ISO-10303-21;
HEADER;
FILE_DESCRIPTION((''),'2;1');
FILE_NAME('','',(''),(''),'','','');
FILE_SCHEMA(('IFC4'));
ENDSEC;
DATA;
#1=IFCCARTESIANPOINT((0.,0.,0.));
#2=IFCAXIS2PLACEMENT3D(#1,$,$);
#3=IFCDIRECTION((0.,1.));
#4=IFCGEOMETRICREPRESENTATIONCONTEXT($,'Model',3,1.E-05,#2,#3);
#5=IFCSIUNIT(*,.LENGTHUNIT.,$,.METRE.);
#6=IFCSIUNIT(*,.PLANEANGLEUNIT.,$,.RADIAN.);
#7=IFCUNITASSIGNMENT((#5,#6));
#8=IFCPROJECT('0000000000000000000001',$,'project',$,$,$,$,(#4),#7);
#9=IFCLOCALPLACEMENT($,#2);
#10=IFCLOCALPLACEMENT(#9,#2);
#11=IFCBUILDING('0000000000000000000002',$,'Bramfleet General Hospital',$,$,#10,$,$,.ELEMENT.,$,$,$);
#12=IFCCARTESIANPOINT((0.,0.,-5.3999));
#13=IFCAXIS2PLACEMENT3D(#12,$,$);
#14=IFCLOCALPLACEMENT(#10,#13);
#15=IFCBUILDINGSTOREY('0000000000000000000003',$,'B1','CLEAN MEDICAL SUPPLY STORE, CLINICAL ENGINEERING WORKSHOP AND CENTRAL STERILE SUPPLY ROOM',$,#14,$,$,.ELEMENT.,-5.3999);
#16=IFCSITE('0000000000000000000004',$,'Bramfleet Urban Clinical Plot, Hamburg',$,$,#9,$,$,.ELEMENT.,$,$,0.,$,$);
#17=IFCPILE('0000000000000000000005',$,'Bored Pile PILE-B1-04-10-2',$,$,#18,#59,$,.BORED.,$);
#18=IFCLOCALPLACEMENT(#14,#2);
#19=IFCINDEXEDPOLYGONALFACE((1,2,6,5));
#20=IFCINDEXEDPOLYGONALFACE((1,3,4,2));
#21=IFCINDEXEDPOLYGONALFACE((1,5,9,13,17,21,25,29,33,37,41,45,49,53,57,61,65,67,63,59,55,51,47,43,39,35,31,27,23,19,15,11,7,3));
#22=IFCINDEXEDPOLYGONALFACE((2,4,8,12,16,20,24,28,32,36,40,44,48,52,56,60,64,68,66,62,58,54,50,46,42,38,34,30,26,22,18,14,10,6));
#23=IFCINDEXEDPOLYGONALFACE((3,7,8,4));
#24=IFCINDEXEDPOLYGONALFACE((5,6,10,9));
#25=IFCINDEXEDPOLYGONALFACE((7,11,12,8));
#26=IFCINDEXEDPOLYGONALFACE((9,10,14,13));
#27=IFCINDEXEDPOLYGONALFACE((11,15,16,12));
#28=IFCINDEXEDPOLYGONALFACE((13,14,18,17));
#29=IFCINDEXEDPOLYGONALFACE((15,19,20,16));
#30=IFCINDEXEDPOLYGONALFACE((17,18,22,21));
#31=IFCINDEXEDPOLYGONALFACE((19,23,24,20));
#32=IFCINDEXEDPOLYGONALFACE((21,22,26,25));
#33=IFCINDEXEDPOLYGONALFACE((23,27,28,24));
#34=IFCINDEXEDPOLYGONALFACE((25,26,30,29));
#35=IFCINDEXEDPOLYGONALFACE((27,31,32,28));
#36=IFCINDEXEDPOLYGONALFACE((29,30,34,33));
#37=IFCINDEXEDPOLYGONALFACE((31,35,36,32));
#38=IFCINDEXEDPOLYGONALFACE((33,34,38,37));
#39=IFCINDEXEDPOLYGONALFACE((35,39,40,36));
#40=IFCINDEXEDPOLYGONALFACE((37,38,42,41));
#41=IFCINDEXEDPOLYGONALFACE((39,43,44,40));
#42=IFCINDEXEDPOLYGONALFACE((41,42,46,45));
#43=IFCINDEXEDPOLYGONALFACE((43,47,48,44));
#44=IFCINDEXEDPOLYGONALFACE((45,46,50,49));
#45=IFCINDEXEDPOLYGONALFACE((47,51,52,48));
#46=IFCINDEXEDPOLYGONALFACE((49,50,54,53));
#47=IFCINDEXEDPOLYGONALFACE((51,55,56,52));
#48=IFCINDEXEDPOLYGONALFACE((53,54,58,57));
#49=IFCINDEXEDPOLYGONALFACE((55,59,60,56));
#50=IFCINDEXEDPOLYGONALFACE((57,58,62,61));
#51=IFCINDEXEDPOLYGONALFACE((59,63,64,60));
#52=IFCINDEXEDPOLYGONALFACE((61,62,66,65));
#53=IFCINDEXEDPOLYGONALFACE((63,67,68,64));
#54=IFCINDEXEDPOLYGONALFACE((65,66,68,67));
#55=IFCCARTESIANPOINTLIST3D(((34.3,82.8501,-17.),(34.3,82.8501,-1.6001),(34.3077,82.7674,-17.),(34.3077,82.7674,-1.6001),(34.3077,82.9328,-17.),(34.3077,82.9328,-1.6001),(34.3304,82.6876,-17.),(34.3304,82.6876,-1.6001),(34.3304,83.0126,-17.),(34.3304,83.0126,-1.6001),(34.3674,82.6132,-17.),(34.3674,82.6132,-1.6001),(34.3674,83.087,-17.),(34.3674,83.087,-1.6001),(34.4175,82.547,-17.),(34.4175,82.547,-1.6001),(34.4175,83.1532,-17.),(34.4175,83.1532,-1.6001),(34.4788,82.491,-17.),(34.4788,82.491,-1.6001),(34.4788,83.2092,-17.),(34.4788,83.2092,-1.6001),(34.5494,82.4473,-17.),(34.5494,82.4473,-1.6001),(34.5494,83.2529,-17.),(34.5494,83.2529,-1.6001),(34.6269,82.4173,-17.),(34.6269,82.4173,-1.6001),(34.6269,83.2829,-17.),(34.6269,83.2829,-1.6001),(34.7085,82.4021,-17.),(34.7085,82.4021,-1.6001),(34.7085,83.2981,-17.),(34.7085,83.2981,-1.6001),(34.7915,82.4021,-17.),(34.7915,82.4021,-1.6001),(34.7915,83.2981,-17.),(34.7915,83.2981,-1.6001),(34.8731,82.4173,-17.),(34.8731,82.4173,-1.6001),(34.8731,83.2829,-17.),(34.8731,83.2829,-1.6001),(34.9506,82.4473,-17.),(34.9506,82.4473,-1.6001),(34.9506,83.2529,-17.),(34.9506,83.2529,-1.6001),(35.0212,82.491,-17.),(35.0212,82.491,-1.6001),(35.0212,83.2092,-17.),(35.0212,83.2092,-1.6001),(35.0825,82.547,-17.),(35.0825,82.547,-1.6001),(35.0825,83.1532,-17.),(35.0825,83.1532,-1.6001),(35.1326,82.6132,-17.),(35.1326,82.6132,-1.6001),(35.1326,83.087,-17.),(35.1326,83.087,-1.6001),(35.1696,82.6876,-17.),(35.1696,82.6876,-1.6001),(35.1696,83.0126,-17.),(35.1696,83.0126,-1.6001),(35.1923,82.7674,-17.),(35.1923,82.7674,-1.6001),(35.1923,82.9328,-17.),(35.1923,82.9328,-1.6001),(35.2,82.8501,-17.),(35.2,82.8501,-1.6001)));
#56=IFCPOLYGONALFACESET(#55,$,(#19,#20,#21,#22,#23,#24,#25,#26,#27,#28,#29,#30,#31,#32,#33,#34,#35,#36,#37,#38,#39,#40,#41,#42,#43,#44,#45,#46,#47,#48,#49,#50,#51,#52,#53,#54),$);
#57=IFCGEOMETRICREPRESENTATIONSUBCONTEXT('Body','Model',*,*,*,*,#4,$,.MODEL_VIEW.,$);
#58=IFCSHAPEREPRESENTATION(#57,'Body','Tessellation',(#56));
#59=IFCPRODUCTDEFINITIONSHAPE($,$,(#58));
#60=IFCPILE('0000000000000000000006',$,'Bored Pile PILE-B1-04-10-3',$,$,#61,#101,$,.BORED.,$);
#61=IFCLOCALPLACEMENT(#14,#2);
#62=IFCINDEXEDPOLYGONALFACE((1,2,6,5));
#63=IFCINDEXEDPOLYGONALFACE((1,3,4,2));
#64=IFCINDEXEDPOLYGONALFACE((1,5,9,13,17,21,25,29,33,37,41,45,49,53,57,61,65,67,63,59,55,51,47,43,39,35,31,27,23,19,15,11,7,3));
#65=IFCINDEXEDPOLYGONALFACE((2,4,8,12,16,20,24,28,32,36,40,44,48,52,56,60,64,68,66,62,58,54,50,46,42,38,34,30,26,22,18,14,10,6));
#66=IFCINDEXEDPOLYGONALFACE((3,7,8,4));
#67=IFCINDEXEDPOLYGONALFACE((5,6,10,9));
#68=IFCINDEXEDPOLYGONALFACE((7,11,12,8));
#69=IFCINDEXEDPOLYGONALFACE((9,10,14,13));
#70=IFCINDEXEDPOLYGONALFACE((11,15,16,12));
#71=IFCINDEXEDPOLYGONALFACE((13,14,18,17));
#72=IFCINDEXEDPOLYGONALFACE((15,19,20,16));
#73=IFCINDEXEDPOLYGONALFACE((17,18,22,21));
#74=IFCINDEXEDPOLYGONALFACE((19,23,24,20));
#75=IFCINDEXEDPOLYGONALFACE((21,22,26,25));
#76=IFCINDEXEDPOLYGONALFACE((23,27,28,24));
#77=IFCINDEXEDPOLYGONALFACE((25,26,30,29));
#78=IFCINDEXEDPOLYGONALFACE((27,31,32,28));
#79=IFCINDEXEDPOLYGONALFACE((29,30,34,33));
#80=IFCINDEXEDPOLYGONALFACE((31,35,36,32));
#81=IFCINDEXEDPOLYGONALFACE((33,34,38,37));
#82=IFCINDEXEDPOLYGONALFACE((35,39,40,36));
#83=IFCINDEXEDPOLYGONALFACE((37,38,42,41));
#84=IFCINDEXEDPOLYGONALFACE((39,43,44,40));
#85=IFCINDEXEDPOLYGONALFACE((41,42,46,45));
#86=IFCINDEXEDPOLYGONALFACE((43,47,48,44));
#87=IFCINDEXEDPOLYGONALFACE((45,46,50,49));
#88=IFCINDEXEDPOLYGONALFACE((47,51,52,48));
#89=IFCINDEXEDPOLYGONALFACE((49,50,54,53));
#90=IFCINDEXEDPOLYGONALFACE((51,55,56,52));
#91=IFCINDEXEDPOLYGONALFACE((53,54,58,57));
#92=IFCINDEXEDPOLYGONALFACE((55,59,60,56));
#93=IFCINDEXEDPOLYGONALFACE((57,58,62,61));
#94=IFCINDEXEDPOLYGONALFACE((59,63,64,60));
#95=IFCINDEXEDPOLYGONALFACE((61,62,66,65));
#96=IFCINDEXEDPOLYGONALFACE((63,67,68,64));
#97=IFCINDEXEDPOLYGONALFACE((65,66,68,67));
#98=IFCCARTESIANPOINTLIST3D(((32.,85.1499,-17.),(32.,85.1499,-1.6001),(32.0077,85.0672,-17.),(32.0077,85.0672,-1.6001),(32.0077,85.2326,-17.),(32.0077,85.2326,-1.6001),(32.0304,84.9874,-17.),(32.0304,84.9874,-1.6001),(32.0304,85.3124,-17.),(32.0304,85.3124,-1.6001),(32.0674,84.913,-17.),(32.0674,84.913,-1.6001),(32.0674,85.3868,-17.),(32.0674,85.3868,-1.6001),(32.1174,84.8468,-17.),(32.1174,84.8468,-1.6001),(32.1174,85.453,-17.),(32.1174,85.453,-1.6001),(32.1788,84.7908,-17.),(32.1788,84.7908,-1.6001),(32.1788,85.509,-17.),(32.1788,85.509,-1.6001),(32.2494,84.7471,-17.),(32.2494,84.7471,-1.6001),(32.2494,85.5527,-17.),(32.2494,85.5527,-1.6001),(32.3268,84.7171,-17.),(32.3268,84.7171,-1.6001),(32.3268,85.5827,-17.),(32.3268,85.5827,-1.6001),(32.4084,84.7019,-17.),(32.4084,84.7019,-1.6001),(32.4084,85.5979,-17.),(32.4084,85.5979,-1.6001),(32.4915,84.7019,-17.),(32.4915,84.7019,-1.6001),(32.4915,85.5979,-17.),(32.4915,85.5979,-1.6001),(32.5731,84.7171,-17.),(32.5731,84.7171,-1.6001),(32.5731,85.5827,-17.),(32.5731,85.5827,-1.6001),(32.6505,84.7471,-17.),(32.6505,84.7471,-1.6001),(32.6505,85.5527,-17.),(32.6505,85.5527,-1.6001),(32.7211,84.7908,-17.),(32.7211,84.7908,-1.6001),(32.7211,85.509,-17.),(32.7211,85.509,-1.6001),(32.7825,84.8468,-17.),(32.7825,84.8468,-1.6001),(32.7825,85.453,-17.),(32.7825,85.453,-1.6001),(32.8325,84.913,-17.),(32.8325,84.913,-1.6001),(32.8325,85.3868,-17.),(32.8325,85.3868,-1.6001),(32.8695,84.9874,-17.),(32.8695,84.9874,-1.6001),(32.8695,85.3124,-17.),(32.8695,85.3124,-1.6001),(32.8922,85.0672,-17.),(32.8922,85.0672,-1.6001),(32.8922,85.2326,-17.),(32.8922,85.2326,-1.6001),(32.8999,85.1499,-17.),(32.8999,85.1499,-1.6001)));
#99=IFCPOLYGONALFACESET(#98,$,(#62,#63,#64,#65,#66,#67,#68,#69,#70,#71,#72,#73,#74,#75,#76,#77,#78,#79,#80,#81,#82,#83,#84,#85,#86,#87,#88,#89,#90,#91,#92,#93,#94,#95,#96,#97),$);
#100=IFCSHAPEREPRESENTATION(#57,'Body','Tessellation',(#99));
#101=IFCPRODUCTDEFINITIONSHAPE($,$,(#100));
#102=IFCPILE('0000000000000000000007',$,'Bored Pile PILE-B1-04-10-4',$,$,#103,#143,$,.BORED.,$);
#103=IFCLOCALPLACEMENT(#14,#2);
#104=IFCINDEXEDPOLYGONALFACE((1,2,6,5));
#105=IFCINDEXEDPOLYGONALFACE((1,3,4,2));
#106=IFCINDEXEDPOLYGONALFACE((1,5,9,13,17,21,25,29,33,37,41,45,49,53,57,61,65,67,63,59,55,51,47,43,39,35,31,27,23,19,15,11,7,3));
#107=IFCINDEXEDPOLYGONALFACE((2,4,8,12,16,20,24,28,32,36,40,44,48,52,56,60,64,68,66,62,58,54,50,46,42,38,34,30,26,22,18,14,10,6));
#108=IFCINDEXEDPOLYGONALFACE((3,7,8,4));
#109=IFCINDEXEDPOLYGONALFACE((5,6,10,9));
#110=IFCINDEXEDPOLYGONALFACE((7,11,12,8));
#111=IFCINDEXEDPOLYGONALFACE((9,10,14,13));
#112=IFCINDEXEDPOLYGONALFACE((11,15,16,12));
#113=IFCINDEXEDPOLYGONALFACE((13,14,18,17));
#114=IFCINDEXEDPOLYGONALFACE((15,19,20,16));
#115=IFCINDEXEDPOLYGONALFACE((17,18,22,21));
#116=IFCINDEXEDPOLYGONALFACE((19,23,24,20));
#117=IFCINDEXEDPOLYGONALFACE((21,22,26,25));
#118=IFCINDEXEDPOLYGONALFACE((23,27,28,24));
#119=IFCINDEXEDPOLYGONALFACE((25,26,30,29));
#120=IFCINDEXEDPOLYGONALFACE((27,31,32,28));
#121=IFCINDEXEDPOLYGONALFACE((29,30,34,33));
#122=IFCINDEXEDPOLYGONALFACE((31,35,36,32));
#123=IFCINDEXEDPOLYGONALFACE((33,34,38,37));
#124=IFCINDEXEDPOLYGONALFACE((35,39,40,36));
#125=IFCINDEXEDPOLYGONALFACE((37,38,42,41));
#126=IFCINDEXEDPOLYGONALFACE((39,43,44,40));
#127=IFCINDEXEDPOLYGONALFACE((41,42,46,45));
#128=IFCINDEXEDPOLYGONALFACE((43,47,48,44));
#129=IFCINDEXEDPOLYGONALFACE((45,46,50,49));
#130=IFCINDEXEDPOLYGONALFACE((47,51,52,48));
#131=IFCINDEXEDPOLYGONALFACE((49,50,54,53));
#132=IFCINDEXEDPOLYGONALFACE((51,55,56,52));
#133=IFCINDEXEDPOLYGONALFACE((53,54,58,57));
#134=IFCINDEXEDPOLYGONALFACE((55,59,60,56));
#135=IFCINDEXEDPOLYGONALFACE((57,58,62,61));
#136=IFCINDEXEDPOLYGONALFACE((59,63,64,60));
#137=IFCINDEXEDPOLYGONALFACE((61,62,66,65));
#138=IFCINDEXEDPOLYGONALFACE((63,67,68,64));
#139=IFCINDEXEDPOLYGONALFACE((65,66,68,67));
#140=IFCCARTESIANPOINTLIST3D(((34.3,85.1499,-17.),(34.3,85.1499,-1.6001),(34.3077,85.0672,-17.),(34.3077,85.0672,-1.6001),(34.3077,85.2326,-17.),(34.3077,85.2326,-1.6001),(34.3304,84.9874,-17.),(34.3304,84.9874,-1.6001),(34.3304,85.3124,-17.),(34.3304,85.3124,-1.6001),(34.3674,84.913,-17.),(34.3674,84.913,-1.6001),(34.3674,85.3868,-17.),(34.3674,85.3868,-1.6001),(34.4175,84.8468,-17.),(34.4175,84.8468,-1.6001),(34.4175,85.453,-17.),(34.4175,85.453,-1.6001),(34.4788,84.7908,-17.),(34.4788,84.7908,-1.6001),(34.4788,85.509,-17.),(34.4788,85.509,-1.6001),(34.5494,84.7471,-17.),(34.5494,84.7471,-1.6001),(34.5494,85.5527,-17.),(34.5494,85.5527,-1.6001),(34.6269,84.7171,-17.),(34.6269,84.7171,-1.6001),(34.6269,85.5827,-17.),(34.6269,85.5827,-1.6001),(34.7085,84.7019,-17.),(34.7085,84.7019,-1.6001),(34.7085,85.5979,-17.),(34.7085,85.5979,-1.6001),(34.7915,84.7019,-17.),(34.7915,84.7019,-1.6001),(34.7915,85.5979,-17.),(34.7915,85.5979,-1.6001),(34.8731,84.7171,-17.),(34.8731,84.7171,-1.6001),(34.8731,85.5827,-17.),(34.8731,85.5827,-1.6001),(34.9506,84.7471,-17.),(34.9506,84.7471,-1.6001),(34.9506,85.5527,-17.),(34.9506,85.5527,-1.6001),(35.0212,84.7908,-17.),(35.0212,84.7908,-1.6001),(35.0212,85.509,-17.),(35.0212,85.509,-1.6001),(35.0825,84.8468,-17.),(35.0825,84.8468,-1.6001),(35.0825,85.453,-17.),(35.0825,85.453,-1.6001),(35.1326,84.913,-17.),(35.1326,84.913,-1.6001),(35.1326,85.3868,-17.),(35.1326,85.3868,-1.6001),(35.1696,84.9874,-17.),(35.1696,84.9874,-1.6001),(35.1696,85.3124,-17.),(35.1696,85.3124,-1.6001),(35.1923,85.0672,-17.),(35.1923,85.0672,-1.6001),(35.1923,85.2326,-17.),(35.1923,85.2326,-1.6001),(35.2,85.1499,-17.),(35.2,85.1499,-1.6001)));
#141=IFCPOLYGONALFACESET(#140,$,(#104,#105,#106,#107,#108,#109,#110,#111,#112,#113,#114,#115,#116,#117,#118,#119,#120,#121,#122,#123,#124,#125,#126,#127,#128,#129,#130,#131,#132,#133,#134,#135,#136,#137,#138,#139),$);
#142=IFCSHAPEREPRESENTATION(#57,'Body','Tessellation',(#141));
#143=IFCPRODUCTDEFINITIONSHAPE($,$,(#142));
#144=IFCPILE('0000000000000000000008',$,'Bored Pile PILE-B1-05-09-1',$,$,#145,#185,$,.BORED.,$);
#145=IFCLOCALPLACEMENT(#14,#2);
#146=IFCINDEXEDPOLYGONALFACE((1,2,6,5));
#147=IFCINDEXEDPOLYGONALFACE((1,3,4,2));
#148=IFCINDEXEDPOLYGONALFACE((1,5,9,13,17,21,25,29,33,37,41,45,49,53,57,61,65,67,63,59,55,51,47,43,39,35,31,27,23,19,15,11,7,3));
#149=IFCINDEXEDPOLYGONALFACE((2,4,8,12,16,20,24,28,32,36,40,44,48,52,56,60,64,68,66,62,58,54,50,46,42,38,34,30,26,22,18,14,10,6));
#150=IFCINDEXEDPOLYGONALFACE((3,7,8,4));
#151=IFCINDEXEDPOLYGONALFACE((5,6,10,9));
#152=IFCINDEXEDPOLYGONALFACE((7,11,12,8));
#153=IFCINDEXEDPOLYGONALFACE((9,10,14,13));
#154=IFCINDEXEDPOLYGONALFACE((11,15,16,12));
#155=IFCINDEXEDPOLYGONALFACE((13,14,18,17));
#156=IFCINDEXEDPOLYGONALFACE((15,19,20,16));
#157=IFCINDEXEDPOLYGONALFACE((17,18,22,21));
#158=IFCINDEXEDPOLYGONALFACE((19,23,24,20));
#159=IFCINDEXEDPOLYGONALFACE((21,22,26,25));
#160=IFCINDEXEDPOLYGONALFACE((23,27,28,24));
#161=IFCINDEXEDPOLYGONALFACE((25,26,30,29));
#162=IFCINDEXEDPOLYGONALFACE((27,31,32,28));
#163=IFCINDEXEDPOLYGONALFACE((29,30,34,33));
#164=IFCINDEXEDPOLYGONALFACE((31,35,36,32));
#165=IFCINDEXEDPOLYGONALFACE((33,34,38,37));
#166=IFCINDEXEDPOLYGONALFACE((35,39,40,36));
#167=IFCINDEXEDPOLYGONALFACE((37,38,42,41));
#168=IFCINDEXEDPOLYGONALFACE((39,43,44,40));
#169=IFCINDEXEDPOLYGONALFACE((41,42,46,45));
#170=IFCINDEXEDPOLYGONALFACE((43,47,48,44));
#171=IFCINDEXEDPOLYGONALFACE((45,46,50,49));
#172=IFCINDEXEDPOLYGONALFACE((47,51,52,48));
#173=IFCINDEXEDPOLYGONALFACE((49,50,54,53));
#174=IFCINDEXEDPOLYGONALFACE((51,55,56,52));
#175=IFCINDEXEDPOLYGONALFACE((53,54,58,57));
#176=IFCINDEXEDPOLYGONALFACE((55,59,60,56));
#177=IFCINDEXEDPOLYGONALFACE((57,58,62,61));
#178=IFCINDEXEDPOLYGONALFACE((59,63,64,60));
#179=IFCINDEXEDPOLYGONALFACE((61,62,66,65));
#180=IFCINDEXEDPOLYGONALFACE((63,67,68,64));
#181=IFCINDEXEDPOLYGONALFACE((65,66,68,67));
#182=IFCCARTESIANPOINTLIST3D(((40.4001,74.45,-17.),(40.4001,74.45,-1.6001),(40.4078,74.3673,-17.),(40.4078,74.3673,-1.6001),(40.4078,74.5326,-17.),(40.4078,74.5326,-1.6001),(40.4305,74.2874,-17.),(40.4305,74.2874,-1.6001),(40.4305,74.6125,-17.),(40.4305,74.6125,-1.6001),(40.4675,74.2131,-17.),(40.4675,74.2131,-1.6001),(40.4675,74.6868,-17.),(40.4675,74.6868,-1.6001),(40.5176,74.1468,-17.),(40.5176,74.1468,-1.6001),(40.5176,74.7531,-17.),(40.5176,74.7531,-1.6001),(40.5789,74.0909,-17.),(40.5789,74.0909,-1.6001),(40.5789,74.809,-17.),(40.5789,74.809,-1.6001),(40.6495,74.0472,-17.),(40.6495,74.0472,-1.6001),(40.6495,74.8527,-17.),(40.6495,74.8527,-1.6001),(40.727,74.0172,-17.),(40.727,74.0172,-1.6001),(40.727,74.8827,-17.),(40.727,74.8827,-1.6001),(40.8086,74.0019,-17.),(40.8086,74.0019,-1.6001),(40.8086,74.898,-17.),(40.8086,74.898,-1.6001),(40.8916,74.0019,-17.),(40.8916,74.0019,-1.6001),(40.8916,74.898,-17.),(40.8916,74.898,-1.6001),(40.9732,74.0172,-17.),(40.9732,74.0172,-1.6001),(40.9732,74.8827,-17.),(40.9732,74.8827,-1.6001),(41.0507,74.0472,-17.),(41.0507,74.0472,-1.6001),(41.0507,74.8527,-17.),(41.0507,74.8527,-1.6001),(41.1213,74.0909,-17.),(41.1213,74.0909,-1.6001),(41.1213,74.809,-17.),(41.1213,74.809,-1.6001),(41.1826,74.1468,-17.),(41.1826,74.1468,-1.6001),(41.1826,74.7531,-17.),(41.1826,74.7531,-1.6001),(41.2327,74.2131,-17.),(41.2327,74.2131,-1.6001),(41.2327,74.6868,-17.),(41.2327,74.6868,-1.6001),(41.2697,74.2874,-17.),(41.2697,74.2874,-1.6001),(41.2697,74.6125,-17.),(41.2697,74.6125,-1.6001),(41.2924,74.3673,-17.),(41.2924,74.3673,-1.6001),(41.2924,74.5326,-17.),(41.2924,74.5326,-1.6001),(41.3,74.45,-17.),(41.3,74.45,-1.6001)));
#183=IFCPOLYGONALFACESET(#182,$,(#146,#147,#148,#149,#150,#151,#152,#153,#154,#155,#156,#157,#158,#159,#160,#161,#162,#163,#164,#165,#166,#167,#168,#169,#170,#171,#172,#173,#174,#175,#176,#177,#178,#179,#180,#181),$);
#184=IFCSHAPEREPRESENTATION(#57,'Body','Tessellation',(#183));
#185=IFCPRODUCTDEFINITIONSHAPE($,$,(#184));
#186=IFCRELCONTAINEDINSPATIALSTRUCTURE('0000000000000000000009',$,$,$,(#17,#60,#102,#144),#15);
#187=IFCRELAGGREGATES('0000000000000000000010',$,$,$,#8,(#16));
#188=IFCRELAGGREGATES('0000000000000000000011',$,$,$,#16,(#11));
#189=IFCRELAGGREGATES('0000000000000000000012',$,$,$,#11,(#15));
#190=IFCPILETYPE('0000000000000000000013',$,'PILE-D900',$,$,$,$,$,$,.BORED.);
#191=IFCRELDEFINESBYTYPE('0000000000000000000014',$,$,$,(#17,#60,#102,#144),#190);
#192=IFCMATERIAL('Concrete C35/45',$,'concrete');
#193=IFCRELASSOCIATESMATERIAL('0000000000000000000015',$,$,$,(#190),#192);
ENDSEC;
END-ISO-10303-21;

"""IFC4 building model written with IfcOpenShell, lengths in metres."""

from ifc_helpers import new_model, si_unit, direction, frame, origin, origin_2d, place, context, subcontext, project, spatial, circle, extrude, material, material_profile, profile_set, type_object, element, save


model = new_model("IFC4")

# Units and contexts
model_context = context("Model", 3, precision=1e-05, world=origin(), true_north=direction((0.0, 1.0)))
body_context = subcontext(model_context, "Body", "Model", "MODEL_VIEW")
ifc_project = project(units=[si_unit("LENGTHUNIT", "METRE"), si_unit("PLANEANGLEUNIT", "RADIAN")], contexts=[model_context])

# Site, building, storey
site_placement = place(None, origin())
site = spatial("IfcSite", under=ifc_project, at=site_placement, Name="Bramfleet Urban Clinical Plot, Hamburg", CompositionType="ELEMENT", RefElevation=0.0)
building_placement = place(site_placement, origin())
building = spatial("IfcBuilding", under=site, at=building_placement, Name="Bramfleet General Hospital", CompositionType="ELEMENT")
storey_placement = place(building_placement, frame((0.0, 0.0, -5.3999)))
storey = spatial("IfcBuildingStorey", under=building, at=storey_placement, Name="B1", Description="CLEAN MEDICAL SUPPLY STORE, CLINICAL ENGINEERING WORKSHOP AND CENTRAL STERILE SUPPLY ROOM", CompositionType="ELEMENT", Elevation=-5.3999)

# Shared definitions
ifc_material_1 = material(Name="Concrete C35/45", Category="concrete")

# Piles
ifc_material_profile_1 = material_profile(ifc_material_1, circle(Radius=0.45, at=origin_2d()), Name="PILE BORED D900")
ifc_profile_set_1 = profile_set([ifc_material_profile_1], Name="Concrete C35/45")
pile_type = type_object("IfcPileType", Name="PILE-D900", PredefinedType="BORED", material=ifc_profile_set_1)
for number, where, z_axis, x_axis, name in (
    (1, (34.75, 82.8501, -1.6001), (0.0, 0.0, -1.0), (1.0, 0.0, 0.0), "Bored Pile PILE-B1-04-10-2"),
    (2, (32.45, 85.1499, -1.6001), (0.0, 0.0, -1.0), (1.0, 0.0, 0.0), "Bored Pile PILE-B1-04-10-3"),
    (3, (34.75, 85.1499, -1.6001), (0.0, 0.0, -1.0), (1.0, 0.0, 0.0), "Bored Pile PILE-B1-04-10-4"),
    (4, (40.8501, 74.45, -1.6001), (0.0, 0.0, -1.0), (1.0, 0.0, 0.0), "Bored Pile PILE-B1-05-09-1"),
):
    element("IfcPile", number, at=place(storey_placement, frame(where, z_axis=z_axis, x_axis=x_axis)), inside=storey, type_object=pile_type, Name=name, PredefinedType="BORED", context=body_context, shape_type="SweptSolid", body=[
        extrude(circle(Radius=0.45, at=origin_2d()), origin(), (0.0, 0.0, 1.0), 15.3999),
    ])

save(model, "model.ifc")
